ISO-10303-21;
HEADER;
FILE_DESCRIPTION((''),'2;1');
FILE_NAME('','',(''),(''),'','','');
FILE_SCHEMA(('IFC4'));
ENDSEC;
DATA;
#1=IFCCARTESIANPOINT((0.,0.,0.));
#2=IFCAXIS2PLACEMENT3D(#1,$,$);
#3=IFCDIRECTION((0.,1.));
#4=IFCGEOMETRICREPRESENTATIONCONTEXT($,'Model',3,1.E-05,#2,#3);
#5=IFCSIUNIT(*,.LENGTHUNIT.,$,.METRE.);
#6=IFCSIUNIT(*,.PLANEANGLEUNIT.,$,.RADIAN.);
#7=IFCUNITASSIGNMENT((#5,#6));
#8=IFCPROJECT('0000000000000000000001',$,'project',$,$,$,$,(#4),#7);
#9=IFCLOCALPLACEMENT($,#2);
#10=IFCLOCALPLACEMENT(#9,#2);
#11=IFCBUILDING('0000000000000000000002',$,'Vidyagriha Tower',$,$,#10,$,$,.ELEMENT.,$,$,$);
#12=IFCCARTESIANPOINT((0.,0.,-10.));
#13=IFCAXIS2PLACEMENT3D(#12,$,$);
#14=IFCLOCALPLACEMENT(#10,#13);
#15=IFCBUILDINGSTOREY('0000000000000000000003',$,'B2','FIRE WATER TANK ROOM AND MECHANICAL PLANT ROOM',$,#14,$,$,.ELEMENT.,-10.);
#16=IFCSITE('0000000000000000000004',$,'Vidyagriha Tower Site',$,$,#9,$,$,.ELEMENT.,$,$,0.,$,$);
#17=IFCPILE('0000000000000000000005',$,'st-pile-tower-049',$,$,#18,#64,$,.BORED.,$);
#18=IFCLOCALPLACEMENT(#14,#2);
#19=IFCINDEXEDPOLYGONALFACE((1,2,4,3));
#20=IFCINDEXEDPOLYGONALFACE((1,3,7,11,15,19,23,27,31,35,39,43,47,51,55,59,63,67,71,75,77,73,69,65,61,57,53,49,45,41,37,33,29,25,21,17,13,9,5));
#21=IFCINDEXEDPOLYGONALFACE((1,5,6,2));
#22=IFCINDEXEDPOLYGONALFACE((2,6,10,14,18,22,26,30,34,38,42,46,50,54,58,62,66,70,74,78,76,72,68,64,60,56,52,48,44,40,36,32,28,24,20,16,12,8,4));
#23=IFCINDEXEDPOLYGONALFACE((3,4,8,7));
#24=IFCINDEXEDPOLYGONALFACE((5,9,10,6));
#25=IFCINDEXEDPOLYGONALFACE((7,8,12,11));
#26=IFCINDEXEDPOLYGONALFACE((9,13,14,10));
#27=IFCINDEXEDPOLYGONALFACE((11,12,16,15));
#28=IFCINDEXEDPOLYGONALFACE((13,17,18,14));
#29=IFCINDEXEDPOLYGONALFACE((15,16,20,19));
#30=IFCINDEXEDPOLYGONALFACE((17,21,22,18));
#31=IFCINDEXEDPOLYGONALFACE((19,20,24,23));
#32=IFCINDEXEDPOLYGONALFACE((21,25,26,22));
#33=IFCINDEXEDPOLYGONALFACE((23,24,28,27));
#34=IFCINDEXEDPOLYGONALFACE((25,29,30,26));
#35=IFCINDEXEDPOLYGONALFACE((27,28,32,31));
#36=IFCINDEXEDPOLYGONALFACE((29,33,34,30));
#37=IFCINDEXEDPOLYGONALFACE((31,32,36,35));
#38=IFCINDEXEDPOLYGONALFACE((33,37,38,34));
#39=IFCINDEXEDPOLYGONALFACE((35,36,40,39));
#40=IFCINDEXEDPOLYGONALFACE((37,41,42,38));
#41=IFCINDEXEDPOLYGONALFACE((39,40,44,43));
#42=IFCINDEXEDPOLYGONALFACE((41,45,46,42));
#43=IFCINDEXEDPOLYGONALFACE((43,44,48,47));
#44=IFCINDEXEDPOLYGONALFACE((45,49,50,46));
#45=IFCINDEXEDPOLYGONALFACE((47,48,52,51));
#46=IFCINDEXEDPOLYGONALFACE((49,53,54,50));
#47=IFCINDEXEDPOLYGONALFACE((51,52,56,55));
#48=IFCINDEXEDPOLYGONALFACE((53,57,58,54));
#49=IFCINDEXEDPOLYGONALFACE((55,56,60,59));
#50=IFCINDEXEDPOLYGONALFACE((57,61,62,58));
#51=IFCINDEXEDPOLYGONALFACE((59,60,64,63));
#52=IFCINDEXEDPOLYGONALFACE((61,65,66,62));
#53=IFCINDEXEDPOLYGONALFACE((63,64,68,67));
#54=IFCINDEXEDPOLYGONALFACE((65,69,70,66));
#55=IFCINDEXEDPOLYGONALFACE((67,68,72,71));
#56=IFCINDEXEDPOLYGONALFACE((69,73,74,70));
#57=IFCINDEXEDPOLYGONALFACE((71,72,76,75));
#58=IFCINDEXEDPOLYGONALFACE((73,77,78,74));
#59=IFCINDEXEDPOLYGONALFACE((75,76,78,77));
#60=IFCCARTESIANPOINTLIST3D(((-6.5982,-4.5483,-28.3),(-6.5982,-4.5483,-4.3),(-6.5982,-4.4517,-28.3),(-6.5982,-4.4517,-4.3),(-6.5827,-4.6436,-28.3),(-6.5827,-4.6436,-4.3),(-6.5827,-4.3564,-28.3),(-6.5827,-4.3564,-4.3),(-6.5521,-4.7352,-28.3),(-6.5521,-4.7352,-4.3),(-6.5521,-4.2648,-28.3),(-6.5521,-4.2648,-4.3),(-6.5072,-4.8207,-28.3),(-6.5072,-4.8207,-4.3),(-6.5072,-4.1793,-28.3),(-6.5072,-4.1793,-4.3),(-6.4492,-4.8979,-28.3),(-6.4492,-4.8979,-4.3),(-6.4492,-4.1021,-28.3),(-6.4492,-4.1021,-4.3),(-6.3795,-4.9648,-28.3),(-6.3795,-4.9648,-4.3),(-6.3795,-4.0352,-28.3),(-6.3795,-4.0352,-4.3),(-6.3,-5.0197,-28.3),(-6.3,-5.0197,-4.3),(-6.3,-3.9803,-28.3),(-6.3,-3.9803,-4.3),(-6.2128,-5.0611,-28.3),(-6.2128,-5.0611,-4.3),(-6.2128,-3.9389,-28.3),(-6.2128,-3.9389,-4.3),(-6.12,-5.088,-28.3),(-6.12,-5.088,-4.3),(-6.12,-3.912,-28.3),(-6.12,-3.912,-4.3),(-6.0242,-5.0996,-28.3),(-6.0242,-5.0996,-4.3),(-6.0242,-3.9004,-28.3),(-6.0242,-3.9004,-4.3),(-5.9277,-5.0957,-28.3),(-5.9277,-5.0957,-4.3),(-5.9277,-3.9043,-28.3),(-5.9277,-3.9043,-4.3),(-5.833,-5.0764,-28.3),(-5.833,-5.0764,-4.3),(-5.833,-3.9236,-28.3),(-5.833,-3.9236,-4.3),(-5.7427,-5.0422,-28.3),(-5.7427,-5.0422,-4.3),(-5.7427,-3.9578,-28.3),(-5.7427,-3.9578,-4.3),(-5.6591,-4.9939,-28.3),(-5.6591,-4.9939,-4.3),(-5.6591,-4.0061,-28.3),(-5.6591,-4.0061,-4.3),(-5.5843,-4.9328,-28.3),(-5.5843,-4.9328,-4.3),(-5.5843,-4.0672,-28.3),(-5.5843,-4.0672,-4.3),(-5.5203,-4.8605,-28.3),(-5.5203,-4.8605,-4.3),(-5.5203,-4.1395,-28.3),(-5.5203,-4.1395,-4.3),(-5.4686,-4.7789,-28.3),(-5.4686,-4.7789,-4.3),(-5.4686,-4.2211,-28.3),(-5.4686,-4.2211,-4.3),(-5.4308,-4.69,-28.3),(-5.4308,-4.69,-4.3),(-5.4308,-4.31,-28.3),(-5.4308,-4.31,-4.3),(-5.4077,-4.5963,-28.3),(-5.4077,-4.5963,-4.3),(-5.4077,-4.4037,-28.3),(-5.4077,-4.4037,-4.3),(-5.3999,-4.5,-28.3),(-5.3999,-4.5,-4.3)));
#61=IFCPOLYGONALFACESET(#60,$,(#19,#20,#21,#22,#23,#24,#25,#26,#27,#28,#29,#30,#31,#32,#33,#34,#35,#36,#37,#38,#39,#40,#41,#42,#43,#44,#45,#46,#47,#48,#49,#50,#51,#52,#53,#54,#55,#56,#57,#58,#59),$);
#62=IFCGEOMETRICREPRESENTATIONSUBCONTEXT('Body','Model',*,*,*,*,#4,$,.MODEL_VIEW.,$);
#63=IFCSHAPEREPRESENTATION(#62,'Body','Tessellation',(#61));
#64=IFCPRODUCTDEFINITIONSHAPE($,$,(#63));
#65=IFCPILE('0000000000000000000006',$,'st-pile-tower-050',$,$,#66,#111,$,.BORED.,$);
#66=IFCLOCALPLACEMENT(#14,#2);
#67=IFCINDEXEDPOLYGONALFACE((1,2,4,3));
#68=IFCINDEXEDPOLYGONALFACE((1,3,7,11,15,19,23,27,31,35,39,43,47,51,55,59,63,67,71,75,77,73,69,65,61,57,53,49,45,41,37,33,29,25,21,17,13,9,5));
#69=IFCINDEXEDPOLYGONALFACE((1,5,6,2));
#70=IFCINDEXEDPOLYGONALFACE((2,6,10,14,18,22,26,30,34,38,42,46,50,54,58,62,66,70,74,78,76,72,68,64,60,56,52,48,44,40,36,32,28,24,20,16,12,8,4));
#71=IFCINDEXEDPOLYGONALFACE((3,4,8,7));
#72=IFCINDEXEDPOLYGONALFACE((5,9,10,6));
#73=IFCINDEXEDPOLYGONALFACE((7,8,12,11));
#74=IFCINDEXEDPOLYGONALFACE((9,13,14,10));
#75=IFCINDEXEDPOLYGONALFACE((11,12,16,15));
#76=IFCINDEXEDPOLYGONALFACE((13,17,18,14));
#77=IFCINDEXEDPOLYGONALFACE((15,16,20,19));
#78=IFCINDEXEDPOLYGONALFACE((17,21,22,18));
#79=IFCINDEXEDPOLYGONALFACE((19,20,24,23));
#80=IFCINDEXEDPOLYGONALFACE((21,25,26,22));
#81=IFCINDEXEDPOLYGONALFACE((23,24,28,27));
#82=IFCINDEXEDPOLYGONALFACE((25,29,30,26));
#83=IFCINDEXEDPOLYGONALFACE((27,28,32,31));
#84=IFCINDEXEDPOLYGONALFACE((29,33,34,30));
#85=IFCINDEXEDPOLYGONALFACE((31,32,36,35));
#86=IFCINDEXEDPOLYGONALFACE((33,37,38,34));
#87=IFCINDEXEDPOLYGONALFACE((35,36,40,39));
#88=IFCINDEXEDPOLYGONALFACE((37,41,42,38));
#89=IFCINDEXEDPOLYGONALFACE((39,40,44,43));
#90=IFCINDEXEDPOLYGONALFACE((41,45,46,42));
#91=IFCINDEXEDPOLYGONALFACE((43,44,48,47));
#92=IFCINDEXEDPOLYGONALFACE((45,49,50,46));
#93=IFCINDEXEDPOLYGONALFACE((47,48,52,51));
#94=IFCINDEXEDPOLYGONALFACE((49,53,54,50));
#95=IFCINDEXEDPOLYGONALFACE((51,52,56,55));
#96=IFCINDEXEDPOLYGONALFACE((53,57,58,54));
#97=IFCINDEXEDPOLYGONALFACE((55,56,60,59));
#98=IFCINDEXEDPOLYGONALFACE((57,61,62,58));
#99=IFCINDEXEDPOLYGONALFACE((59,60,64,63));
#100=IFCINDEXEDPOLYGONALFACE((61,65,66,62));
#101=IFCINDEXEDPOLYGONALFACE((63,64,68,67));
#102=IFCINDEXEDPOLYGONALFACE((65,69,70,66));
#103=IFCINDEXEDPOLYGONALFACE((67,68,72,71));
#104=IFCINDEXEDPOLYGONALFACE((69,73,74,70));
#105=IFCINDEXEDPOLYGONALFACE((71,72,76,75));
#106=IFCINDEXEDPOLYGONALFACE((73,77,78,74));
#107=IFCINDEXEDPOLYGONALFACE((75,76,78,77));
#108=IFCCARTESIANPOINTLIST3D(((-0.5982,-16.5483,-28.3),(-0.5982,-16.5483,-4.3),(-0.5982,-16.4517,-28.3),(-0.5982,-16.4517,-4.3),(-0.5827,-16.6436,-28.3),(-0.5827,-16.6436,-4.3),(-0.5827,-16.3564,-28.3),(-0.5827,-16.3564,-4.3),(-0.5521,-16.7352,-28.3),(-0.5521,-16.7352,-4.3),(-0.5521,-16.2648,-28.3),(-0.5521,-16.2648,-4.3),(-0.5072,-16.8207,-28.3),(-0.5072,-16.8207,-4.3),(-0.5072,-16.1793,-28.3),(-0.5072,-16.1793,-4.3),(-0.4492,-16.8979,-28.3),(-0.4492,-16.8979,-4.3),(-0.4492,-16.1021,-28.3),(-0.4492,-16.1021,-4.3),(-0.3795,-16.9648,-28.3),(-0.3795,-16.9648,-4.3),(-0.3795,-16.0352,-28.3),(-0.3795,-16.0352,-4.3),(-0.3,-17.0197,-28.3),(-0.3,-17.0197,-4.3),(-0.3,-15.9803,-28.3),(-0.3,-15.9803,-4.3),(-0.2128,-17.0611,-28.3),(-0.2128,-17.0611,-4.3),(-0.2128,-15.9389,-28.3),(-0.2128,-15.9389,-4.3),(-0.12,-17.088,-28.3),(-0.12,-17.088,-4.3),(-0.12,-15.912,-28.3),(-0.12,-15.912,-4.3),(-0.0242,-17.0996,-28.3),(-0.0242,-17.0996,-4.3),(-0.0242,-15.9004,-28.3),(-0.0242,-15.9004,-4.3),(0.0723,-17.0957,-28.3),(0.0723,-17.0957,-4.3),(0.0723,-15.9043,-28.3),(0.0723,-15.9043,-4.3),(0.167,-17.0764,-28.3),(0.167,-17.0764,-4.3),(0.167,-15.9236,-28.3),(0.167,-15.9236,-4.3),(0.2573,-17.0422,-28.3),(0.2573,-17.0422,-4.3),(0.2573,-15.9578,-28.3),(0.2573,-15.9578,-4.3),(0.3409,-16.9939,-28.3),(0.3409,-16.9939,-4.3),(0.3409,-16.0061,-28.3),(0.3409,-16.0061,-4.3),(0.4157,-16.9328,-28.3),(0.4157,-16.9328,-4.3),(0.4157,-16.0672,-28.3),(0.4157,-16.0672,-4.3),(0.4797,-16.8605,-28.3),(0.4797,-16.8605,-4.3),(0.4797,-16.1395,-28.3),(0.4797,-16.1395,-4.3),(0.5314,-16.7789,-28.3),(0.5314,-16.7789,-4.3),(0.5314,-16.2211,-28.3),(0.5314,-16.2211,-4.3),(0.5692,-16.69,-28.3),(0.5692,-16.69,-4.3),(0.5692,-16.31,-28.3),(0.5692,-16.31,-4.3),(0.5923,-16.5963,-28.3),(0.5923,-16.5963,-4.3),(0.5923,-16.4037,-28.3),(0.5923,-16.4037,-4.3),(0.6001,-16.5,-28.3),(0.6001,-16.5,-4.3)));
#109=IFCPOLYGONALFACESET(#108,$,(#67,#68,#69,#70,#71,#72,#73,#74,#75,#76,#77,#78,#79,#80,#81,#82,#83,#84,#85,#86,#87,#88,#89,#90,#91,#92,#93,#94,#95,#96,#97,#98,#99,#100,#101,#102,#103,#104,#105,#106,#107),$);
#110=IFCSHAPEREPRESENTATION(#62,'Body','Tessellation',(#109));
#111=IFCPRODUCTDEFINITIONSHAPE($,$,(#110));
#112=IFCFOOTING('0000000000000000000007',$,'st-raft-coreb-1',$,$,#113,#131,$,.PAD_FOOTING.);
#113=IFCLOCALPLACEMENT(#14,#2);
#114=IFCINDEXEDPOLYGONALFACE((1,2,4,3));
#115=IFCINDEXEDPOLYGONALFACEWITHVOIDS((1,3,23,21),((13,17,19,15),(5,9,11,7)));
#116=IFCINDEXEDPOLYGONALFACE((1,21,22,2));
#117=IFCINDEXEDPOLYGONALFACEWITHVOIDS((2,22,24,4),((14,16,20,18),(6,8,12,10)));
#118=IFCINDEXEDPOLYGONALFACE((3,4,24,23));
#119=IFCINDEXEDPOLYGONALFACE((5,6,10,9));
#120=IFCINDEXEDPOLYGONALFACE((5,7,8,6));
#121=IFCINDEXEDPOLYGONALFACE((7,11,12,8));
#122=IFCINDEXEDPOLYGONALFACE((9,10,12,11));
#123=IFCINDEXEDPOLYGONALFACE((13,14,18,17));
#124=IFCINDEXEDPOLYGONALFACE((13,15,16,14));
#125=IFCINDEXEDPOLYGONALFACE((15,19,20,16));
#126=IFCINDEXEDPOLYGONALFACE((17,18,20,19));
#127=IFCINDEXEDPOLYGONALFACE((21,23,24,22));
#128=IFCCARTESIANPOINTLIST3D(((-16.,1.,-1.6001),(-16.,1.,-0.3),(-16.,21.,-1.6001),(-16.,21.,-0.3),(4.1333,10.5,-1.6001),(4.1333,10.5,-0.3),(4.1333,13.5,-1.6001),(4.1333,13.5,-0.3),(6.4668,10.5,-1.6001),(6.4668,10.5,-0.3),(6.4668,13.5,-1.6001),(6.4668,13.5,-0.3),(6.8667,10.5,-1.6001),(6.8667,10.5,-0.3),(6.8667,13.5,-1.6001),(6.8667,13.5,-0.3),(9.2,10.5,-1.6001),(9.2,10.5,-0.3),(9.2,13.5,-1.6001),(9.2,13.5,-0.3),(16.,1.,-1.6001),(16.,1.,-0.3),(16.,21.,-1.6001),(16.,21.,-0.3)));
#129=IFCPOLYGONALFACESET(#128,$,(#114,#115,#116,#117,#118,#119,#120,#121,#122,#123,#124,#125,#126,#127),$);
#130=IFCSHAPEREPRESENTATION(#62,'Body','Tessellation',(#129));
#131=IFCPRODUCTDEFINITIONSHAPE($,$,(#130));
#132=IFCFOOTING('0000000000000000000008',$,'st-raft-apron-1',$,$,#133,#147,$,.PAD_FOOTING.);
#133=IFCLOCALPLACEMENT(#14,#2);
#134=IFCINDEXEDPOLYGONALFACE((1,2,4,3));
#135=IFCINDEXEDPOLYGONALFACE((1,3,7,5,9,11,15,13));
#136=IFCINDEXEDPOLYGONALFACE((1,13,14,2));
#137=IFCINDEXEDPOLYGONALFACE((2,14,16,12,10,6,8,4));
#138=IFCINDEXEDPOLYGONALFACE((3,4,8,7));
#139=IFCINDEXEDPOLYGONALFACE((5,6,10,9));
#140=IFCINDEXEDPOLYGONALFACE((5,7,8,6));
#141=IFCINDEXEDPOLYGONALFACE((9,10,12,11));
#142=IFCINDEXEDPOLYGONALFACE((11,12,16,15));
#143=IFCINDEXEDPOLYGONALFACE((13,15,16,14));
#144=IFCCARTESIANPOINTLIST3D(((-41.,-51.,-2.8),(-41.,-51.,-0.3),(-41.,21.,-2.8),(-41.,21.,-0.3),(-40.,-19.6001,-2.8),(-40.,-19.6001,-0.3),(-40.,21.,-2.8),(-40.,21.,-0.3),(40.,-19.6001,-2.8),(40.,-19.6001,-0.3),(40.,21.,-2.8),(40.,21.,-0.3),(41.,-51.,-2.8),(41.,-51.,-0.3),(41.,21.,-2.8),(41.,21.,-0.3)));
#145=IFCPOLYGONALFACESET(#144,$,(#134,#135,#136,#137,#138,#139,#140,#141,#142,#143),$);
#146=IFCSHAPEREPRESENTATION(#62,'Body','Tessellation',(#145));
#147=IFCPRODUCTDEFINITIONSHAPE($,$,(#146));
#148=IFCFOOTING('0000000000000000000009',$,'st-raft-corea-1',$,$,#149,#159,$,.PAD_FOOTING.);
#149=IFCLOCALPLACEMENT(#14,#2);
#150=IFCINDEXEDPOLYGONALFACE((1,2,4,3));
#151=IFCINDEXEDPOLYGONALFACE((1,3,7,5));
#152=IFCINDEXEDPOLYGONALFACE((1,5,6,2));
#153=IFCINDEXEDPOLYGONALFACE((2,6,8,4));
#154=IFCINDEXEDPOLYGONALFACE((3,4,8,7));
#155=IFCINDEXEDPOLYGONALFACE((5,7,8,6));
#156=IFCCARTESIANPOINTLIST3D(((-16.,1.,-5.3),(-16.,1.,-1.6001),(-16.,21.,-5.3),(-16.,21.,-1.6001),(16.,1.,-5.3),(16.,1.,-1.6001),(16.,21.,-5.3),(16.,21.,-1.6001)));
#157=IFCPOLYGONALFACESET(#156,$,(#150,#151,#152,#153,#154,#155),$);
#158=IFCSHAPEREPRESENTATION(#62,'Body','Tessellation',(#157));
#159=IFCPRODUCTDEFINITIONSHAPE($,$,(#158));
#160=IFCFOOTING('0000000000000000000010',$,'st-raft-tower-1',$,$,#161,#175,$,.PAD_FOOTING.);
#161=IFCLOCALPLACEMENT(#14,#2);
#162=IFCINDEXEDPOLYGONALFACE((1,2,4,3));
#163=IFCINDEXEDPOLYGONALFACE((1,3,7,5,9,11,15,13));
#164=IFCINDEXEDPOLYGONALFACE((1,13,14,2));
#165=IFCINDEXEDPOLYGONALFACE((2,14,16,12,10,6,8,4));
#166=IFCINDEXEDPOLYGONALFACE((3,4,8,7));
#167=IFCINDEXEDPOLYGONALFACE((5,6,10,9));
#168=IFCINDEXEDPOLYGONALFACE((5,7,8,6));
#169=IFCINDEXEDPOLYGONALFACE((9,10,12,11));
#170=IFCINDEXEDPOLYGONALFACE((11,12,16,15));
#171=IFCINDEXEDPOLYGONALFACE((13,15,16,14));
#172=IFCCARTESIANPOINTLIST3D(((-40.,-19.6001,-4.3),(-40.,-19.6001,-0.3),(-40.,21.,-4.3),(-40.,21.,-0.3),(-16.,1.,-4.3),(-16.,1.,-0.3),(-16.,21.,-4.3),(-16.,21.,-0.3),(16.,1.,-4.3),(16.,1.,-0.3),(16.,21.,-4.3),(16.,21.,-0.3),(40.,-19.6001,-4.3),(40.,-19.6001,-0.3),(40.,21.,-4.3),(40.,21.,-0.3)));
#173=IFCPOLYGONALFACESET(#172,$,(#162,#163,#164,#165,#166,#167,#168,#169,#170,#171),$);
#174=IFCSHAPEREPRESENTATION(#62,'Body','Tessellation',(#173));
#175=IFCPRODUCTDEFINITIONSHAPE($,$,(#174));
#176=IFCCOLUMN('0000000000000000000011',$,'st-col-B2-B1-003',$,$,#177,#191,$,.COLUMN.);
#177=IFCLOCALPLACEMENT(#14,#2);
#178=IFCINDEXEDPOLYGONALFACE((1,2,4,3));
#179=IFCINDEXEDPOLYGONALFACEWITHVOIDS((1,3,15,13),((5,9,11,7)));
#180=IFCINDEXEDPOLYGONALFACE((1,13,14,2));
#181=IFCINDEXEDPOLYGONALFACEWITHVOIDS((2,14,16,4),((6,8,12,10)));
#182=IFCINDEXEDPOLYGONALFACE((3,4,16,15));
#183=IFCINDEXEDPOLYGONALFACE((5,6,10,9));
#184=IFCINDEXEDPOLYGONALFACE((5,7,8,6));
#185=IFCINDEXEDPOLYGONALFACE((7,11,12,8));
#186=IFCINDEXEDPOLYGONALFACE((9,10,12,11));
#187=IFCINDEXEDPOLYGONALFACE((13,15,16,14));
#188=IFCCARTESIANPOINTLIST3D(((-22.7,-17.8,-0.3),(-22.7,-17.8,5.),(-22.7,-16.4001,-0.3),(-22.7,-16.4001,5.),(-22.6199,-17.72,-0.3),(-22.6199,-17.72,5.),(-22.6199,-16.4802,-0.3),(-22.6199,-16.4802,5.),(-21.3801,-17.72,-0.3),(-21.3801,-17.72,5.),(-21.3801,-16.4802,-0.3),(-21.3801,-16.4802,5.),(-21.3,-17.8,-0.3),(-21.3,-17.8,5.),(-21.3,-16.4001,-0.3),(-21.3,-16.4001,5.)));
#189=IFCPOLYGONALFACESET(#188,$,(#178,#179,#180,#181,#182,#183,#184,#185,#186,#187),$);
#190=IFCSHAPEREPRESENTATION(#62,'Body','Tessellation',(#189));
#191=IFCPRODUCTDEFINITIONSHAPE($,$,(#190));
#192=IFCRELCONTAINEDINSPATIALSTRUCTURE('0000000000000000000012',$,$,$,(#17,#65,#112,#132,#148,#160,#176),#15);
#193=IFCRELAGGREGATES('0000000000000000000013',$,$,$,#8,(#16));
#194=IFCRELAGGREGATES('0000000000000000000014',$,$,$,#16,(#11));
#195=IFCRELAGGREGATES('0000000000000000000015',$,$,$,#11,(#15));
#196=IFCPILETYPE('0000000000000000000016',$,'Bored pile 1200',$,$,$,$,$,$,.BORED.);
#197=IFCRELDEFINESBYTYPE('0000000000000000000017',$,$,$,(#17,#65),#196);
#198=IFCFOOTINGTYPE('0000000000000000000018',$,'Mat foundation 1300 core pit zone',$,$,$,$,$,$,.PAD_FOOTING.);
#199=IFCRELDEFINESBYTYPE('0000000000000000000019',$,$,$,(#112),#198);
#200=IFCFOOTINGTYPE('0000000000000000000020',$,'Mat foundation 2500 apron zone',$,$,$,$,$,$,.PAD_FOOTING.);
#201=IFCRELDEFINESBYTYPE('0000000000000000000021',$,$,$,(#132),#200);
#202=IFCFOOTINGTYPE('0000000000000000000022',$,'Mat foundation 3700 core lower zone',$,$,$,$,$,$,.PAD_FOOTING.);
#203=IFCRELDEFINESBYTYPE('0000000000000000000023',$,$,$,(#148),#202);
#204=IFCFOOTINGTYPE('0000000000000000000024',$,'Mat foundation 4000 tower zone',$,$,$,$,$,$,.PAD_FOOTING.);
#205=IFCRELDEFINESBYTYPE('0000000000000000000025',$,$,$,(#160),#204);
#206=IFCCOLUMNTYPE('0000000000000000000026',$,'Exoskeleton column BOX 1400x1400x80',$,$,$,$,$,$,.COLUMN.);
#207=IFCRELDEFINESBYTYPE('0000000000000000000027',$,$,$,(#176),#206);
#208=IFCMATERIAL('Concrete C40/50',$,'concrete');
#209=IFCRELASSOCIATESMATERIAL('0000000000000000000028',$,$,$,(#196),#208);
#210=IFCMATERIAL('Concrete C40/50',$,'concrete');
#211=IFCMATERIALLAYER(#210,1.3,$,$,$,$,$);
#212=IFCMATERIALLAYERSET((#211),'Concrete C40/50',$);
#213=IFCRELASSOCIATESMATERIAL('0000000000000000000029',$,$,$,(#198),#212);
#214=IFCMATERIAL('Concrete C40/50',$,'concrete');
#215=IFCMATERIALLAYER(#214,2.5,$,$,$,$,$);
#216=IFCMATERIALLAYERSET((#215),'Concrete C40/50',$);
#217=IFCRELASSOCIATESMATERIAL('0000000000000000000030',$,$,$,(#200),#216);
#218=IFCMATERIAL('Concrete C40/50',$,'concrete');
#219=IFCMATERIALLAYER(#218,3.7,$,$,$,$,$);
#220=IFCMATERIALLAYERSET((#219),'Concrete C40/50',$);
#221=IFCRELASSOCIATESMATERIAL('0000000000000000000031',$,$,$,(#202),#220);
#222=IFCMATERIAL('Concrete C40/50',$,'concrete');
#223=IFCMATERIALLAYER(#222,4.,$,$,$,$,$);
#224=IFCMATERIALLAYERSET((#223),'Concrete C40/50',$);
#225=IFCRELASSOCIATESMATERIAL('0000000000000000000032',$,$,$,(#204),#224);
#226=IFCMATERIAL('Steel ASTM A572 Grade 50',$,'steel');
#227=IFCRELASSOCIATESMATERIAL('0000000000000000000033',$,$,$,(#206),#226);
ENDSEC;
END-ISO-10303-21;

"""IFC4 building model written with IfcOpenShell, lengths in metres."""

from ifc_helpers import new_model, si_unit, direction, frame, origin, origin_2d, place, context, subcontext, project, spatial, polyline, hollow_rectangle, circle, outline, extrude, material, layer, layer_set, material_profile, profile_set, type_object, element, save


model = new_model("IFC4")

# Units and contexts
model_context = context("Model", 3, precision=1e-05, world=origin(), true_north=direction((0.0, 1.0)))
body_context = subcontext(model_context, "Body", "Model", "MODEL_VIEW")
ifc_project = project(units=[si_unit("LENGTHUNIT", "METRE"), si_unit("PLANEANGLEUNIT", "RADIAN")], contexts=[model_context])

# Site, building, storey
site_placement = place(None, origin())
site = spatial("IfcSite", under=ifc_project, at=site_placement, Name="Vidyagriha Tower Site", CompositionType="ELEMENT", RefElevation=0.0)
building_placement = place(site_placement, origin())
building = spatial("IfcBuilding", under=site, at=building_placement, Name="Vidyagriha Tower", CompositionType="ELEMENT")
storey_placement = place(building_placement, frame((0.0, 0.0, -10.0)))
storey = spatial("IfcBuildingStorey", under=building, at=storey_placement, Name="B2", Description="FIRE WATER TANK ROOM AND MECHANICAL PLANT ROOM", CompositionType="ELEMENT", Elevation=-10.0)

# Piles
ifc_material_1 = material(Name="Concrete C40/50", Category="concrete")
ifc_material_profile_1 = material_profile(ifc_material_1, circle(Radius=0.6001, at=origin_2d()), Name="Bored pile 1200")
ifc_profile_set_1 = profile_set([ifc_material_profile_1], Name="Concrete C40/50")
pile_type = type_object("IfcPileType", Name="Bored pile 1200", PredefinedType="BORED", material=ifc_profile_set_1)
for number, where, z_axis, x_axis, name in (
    (1, (-6.0, -4.5, -4.3), (0.0, 0.0, -1.0), (1.0, 0.0, 0.0), "st-pile-tower-049"),
    (2, (0.0, -16.5, -4.3), (0.0, 0.0, -1.0), (1.0, 0.0, 0.0), "st-pile-tower-050"),
):
    element("IfcPile", number, at=place(storey_placement, frame(where, z_axis=z_axis, x_axis=x_axis)), inside=storey, type_object=pile_type, Name=name, PredefinedType="BORED", context=body_context, shape_type="SweptSolid", body=[
        extrude(circle(Radius=0.6001, at=origin_2d()), origin(), (0.0, 0.0, 1.0), 24.0),
    ])

# Footings
ifc_material_2 = material(Name="Concrete C40/50", Category="concrete")
ifc_layer_1 = layer(ifc_material_2, 1.3)
ifc_layer_set_1 = layer_set([ifc_layer_1], Name="Concrete C40/50")
footing_type_1 = type_object("IfcFootingType", Name="Mat foundation 1300 core pit zone", PredefinedType="PAD_FOOTING", material=ifc_layer_set_1)
footing_1_placement = place(storey_placement, frame((0.0, 0.0, -1.6001)))
element("IfcFooting", 3, at=footing_1_placement, inside=storey, type_object=footing_type_1, Name="st-raft-coreb-1", PredefinedType="PAD_FOOTING", context=body_context, shape_type="SweptSolid", body=[
    extrude(outline(polyline([(-16.0, 1.0), (-16.0, 21.0), (16.0, 21.0), (16.0, 1.0), (-16.0, 1.0)]), holes=[polyline([(6.4668, 10.5), (6.4668, 13.5), (4.1333, 13.5), (4.1333, 10.5), (6.4668, 10.5)]), polyline([(9.2, 10.5), (9.2, 13.5), (6.8667, 13.5), (6.8667, 10.5), (9.2, 10.5)])]), origin(), (0.0, 0.0, 1.0), 1.3),
])
ifc_material_3 = material(Name="Concrete C40/50", Category="concrete")
ifc_layer_2 = layer(ifc_material_3, 2.5)
ifc_layer_set_2 = layer_set([ifc_layer_2], Name="Concrete C40/50")
footing_type_2 = type_object("IfcFootingType", Name="Mat foundation 2500 apron zone", PredefinedType="PAD_FOOTING", material=ifc_layer_set_2)
footing_2_placement = place(storey_placement, frame((0.0, 0.0, -2.8)))
element("IfcFooting", 4, at=footing_2_placement, inside=storey, type_object=footing_type_2, Name="st-raft-apron-1", PredefinedType="PAD_FOOTING", context=body_context, shape_type="SweptSolid", body=[
    extrude(outline(polyline([(41.0, 21.0), (41.0, -51.0), (-41.0, -51.0), (-41.0, 21.0), (-40.0, 21.0), (-40.0, -19.6001), (40.0, -19.6001), (40.0, 21.0), (41.0, 21.0)])), origin(), (0.0, 0.0, 1.0), 2.5),
])
ifc_material_4 = material(Name="Concrete C40/50", Category="concrete")
ifc_layer_3 = layer(ifc_material_4, 3.7)
ifc_layer_set_3 = layer_set([ifc_layer_3], Name="Concrete C40/50")
footing_type_3 = type_object("IfcFootingType", Name="Mat foundation 3700 core lower zone", PredefinedType="PAD_FOOTING", material=ifc_layer_set_3)
footing_3_placement = place(storey_placement, frame((0.0, 0.0, -5.3)))
element("IfcFooting", 5, at=footing_3_placement, inside=storey, type_object=footing_type_3, Name="st-raft-corea-1", PredefinedType="PAD_FOOTING", context=body_context, shape_type="SweptSolid", body=[
    extrude(outline(polyline([(16.0, 1.0), (-16.0, 1.0), (-16.0, 21.0), (16.0, 21.0), (16.0, 1.0)])), origin(), (0.0, 0.0, 1.0), 3.7),
])
ifc_material_5 = material(Name="Concrete C40/50", Category="concrete")
ifc_layer_4 = layer(ifc_material_5, 4.0)
ifc_layer_set_4 = layer_set([ifc_layer_4], Name="Concrete C40/50")
footing_type_4 = type_object("IfcFootingType", Name="Mat foundation 4000 tower zone", PredefinedType="PAD_FOOTING", material=ifc_layer_set_4)
footing_4_placement = place(storey_placement, frame((0.0, 0.0, -4.3)))
element("IfcFooting", 6, at=footing_4_placement, inside=storey, type_object=footing_type_4, Name="st-raft-tower-1", PredefinedType="PAD_FOOTING", context=body_context, shape_type="SweptSolid", body=[
    extrude(outline(polyline([(40.0, -19.6001), (-40.0, -19.6001), (-40.0, 21.0), (-16.0, 21.0), (-16.0, 1.0), (16.0, 1.0), (16.0, 21.0), (40.0, 21.0), (40.0, -19.6001)])), origin(), (0.0, 0.0, 1.0), 4.0),
])

# Column
ifc_material_6 = material(Name="Steel ASTM A572 Grade 50", Category="steel")
ifc_material_profile_2 = material_profile(ifc_material_6, hollow_rectangle(XDim=1.3999, YDim=1.3999, WallThickness=0.0801, at=origin_2d()), Name="BOX 1400x1400x80")
ifc_profile_set_2 = profile_set([ifc_material_profile_2], Name="Steel ASTM A572 Grade 50")
column_type_1 = type_object("IfcColumnType", Name="Exoskeleton column BOX 1400x1400x80", PredefinedType="COLUMN", material=ifc_profile_set_2)
for number, where, name in (
    (7, (-22.0, -17.1001, -0.3), "st-col-B2-B1-003"),
):
    element("IfcColumn", number, at=place(storey_placement, frame(where)), inside=storey, type_object=column_type_1, Name=name, PredefinedType="COLUMN", context=body_context, shape_type="SweptSolid", body=[
        extrude(hollow_rectangle(XDim=1.3999, YDim=1.3999, WallThickness=0.0801, at=origin_2d()), origin(), (0.0, 0.0, 1.0), 5.3),
    ])

save(model, "model.ifc")
